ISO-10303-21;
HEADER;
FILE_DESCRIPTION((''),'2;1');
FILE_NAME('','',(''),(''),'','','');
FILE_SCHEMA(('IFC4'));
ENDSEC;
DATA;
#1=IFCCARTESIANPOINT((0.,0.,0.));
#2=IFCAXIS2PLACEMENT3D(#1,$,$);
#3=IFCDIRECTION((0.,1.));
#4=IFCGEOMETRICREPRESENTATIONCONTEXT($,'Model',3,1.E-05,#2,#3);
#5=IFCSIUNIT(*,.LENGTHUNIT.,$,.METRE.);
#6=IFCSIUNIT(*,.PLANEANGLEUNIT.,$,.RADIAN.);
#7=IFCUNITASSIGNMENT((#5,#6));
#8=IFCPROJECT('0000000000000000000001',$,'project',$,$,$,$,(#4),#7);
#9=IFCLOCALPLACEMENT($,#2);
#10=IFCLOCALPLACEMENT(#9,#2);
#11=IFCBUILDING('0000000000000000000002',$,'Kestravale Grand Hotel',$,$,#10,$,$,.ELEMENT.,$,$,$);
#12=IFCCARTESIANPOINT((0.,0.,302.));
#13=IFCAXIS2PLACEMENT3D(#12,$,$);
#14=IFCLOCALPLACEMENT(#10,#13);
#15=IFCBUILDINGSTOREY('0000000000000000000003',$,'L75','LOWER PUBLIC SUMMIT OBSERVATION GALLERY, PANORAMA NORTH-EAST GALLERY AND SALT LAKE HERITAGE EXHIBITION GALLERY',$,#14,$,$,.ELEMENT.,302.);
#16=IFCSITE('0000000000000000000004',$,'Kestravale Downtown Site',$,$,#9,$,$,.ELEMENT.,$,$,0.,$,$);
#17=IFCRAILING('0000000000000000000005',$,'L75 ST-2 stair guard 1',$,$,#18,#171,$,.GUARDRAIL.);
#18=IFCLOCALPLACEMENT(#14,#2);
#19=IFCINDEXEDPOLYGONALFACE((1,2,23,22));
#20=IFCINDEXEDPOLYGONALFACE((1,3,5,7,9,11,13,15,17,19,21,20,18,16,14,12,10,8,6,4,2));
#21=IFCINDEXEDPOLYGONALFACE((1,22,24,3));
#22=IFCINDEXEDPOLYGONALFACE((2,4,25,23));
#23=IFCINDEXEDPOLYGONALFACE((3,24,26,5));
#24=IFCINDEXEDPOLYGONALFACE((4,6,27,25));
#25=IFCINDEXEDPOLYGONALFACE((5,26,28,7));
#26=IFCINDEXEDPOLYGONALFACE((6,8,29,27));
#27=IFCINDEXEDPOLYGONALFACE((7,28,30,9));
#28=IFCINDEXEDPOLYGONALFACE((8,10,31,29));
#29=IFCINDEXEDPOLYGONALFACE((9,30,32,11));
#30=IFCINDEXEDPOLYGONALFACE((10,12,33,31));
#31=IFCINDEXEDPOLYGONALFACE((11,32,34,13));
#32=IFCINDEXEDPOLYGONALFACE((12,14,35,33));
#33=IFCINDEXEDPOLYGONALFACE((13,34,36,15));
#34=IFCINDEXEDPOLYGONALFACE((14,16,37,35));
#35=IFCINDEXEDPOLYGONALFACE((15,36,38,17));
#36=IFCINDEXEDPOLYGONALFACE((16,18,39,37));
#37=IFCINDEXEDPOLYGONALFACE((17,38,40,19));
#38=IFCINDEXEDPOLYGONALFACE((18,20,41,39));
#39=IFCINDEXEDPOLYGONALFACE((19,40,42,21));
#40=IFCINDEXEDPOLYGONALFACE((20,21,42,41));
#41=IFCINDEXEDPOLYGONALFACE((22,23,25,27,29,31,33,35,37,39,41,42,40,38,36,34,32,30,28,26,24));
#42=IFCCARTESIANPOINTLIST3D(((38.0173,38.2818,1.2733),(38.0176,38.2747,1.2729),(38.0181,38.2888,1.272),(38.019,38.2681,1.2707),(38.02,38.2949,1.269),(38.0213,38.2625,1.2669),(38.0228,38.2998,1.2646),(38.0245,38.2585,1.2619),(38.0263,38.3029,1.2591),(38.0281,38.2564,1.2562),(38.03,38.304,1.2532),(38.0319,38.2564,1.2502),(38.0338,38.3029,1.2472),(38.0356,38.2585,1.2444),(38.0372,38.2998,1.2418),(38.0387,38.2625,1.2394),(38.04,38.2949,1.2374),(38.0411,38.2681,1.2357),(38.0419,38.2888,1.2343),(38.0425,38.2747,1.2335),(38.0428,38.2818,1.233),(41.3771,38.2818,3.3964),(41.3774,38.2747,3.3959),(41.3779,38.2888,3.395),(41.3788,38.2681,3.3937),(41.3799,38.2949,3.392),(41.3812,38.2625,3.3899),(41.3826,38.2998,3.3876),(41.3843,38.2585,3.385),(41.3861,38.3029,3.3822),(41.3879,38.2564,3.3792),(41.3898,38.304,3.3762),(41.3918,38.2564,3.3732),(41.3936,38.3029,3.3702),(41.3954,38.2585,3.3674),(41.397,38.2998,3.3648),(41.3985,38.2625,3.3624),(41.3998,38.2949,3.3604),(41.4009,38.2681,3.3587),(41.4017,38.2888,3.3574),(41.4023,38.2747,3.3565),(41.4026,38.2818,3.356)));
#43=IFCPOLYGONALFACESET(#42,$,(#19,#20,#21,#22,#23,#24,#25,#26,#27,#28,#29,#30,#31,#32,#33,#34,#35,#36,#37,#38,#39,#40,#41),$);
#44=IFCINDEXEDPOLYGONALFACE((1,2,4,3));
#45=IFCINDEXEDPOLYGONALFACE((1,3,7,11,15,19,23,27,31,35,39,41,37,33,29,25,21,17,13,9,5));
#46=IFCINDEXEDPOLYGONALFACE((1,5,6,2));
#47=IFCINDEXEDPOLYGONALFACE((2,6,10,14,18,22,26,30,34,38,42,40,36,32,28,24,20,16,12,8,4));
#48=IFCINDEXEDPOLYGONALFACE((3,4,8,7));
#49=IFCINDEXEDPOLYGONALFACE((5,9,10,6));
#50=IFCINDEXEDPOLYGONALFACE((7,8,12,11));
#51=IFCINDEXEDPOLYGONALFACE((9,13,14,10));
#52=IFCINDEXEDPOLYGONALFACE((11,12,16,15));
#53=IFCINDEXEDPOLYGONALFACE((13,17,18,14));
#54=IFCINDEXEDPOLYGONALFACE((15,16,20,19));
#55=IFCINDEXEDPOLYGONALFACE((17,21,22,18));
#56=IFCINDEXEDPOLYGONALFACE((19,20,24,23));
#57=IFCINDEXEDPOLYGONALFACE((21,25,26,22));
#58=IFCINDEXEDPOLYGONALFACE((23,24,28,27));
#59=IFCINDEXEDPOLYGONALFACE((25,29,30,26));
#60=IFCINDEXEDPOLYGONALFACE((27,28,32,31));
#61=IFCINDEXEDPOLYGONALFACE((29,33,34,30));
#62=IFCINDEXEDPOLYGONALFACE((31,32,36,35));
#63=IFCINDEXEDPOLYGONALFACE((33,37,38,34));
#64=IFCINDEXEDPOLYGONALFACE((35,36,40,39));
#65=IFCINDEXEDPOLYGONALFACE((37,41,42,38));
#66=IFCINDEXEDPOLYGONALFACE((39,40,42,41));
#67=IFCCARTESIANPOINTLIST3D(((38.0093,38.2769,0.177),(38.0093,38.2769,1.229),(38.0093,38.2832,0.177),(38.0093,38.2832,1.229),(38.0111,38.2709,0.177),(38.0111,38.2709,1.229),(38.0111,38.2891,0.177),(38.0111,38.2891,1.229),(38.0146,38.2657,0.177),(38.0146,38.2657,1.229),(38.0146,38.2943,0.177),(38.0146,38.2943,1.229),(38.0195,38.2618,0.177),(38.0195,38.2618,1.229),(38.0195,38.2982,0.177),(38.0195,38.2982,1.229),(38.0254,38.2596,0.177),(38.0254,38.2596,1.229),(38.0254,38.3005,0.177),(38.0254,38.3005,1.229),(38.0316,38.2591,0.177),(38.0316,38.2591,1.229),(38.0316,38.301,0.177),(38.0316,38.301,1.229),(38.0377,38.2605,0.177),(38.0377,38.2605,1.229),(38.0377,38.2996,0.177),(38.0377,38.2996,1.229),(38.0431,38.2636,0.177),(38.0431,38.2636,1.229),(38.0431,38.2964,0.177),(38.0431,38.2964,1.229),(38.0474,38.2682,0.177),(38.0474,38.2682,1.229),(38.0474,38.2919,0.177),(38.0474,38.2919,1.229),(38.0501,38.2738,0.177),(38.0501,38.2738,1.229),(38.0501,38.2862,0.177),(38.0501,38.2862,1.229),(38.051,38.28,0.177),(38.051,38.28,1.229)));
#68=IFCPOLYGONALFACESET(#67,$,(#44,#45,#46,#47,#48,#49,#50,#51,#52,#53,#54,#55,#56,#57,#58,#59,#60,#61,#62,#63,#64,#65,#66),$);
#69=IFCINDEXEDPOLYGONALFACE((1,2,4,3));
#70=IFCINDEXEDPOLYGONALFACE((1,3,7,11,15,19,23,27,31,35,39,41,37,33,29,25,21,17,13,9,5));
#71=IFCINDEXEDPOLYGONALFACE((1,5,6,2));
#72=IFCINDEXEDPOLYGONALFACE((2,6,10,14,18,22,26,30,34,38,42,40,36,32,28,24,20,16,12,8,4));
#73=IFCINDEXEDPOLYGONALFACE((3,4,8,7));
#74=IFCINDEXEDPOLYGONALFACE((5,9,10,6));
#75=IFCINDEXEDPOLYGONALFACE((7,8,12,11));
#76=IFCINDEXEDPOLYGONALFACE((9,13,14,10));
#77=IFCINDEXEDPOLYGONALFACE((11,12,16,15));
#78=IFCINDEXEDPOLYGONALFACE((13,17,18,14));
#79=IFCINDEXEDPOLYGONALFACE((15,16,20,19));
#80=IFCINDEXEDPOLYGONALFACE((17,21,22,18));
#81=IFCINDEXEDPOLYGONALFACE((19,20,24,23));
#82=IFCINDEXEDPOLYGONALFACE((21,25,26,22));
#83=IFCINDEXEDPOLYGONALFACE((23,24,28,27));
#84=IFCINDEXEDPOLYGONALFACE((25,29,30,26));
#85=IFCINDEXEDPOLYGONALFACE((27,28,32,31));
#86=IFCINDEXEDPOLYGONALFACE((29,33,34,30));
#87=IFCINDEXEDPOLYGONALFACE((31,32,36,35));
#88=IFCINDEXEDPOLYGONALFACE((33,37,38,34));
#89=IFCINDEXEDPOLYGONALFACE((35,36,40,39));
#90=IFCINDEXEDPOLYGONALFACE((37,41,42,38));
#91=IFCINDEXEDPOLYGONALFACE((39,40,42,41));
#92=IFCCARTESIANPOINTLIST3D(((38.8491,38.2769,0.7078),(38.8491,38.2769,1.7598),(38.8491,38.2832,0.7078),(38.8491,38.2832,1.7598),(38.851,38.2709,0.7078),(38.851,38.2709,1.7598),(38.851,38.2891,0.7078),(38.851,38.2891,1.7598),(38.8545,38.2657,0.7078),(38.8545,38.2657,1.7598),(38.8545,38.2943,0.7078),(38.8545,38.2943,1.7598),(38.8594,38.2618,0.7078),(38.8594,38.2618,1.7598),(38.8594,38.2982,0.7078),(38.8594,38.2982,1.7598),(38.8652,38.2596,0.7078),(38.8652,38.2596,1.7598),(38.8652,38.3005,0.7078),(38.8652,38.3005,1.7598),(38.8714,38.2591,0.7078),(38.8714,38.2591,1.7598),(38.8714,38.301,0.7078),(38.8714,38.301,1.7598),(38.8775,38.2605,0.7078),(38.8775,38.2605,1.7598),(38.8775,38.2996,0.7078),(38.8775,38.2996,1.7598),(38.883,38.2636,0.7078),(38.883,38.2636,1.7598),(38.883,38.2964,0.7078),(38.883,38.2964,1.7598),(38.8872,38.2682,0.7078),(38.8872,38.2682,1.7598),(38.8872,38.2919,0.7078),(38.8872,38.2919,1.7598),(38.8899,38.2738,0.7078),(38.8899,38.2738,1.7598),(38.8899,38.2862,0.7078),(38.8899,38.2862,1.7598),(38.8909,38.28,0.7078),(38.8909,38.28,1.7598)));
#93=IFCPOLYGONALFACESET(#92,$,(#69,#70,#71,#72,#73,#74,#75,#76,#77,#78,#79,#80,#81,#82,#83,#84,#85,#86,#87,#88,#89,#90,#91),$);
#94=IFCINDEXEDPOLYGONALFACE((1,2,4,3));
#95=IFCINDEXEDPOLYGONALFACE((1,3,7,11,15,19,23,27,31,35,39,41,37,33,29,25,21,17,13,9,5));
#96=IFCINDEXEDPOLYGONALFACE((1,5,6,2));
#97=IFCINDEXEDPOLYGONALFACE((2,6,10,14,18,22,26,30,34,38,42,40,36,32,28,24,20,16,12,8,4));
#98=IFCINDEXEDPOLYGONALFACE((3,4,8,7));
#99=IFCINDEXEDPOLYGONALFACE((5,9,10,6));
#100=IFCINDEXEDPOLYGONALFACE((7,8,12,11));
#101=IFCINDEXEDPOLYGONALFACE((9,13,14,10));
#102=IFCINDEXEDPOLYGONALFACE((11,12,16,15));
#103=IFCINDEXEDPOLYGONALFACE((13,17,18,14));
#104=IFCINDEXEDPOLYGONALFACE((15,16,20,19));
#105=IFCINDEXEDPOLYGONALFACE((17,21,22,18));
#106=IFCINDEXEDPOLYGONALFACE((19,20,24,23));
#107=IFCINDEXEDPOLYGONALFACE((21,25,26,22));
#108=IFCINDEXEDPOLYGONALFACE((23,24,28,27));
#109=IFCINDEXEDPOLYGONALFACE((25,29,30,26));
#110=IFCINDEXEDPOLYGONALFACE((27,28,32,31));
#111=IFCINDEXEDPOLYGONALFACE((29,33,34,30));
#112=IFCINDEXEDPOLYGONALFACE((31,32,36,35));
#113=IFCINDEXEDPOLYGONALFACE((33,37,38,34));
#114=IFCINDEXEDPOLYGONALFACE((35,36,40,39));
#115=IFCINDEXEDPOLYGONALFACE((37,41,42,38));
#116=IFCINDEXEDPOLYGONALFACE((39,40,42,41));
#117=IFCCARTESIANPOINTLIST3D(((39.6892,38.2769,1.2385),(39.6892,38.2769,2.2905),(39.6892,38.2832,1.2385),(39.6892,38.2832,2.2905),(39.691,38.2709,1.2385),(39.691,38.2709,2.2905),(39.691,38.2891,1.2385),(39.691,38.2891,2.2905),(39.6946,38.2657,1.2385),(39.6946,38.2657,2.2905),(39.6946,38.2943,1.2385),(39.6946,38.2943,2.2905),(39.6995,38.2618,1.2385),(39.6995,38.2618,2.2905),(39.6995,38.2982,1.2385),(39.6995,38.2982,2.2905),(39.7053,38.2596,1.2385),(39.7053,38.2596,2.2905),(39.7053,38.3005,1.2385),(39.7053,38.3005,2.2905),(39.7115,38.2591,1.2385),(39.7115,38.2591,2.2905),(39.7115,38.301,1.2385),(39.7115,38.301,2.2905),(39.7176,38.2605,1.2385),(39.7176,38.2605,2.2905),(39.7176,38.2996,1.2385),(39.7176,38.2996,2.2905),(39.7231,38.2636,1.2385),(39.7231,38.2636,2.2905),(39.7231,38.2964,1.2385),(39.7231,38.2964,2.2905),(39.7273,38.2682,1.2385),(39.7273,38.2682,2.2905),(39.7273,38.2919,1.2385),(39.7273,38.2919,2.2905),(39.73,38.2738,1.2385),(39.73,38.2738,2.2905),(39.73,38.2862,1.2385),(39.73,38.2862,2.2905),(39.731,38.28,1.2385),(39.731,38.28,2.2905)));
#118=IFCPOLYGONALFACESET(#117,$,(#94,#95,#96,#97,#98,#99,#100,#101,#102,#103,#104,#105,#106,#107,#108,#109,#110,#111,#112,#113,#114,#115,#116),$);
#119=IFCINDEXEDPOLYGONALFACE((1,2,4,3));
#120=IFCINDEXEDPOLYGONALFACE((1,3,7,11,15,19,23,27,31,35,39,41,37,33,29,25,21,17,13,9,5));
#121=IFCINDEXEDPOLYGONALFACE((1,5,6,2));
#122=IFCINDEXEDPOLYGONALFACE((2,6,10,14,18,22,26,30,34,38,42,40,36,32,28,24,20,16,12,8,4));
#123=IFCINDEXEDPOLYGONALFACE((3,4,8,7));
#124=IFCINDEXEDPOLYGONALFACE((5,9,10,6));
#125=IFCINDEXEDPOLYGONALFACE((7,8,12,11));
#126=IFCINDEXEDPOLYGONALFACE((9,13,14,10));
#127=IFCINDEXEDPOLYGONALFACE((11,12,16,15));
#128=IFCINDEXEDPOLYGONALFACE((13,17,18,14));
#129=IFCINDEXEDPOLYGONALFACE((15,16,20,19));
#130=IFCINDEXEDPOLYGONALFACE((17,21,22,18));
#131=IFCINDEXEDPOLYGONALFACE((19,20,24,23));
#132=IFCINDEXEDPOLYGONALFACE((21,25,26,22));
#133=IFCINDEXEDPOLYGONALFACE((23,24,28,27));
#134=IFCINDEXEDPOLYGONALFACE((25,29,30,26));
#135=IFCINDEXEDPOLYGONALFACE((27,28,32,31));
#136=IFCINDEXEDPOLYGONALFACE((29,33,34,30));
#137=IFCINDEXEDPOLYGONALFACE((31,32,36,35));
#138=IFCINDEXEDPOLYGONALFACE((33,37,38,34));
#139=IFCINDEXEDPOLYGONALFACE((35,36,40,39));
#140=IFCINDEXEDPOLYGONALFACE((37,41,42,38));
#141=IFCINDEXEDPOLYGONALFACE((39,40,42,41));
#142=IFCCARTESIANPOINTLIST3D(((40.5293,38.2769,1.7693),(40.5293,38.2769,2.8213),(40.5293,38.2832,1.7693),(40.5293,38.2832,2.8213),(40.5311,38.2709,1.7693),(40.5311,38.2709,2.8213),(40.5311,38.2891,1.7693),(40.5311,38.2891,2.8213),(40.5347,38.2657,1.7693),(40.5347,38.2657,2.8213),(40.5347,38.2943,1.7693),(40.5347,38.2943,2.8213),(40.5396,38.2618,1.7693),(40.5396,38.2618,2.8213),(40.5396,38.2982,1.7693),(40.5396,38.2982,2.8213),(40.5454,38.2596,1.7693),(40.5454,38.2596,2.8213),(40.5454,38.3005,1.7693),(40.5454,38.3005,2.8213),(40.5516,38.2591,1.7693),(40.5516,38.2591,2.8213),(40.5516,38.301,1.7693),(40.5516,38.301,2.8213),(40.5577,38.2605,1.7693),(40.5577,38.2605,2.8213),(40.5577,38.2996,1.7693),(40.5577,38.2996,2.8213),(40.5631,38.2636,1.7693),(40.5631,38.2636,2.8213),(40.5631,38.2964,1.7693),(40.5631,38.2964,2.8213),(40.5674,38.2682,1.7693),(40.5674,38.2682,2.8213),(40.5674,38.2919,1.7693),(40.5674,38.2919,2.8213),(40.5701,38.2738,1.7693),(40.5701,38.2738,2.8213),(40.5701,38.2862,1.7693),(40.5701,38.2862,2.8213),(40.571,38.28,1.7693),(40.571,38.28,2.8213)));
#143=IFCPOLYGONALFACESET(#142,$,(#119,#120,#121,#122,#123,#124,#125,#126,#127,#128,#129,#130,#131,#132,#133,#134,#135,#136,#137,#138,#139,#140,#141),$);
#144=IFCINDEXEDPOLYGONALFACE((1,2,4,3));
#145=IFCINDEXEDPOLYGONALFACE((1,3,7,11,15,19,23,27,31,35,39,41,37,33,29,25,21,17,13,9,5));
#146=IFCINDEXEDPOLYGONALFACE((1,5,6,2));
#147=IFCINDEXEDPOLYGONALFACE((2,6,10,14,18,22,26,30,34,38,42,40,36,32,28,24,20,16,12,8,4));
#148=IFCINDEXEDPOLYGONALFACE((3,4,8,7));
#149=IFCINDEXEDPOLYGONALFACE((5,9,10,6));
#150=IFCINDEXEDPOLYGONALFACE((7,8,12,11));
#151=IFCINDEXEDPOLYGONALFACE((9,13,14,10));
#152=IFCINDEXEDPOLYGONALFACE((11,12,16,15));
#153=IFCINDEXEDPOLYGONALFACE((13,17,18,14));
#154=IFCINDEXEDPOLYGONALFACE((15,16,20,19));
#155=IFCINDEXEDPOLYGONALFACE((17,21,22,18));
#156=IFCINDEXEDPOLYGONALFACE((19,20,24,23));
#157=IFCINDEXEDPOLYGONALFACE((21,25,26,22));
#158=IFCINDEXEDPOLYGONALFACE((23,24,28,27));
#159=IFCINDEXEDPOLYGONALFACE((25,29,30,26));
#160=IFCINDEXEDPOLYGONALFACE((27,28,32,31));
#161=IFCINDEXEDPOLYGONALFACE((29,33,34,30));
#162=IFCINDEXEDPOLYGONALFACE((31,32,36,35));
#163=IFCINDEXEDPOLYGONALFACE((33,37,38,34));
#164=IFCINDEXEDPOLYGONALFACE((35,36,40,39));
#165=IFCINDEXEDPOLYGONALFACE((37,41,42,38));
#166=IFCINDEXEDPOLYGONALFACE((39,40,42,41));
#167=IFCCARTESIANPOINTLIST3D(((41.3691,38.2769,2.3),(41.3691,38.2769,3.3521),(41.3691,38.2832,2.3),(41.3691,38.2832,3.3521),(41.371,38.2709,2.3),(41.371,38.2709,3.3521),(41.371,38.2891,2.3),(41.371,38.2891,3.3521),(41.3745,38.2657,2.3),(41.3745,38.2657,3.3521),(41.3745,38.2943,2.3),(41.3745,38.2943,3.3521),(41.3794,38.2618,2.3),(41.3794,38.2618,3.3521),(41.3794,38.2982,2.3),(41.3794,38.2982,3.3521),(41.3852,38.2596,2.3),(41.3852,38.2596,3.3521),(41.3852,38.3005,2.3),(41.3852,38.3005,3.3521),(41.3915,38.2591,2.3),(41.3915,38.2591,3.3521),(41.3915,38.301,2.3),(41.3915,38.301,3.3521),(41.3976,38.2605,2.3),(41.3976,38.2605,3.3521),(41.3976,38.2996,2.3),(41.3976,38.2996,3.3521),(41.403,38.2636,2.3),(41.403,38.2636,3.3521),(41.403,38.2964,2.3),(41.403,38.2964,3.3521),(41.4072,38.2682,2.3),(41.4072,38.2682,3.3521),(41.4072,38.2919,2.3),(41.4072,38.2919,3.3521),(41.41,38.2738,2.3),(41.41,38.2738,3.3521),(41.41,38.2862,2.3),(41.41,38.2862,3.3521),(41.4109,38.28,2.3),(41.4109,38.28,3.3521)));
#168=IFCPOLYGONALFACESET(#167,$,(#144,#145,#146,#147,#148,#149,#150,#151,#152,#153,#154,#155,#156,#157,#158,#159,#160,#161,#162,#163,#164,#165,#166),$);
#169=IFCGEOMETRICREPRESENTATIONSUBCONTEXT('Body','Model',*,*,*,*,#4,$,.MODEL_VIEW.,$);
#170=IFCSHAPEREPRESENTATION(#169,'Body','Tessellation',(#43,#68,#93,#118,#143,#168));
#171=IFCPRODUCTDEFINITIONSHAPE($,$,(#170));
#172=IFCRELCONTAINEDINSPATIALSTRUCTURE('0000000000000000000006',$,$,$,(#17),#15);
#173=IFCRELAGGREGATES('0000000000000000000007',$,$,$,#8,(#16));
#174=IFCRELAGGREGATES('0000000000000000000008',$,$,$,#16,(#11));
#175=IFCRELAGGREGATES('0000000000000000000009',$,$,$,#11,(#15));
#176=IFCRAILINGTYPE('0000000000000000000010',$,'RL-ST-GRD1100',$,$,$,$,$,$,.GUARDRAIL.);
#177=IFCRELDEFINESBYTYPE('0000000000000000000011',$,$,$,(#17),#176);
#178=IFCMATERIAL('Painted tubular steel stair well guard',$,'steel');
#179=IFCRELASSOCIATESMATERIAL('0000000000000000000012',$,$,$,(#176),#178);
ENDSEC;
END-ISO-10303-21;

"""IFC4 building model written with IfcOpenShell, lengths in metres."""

from ifc_helpers import new_model, si_unit, direction, frame, origin, origin_2d, place, context, subcontext, project, spatial, circle, extrude, material, type_object, element, save


model = new_model("IFC4")

# Units and contexts
model_context = context("Model", 3, precision=1e-05, world=origin(), true_north=direction((0.0, 1.0)))
body_context = subcontext(model_context, "Body", "Model", "MODEL_VIEW")
ifc_project = project(units=[si_unit("LENGTHUNIT", "METRE"), si_unit("PLANEANGLEUNIT", "RADIAN")], contexts=[model_context])

# Site, building, storey
site_placement = place(None, origin())
site = spatial("IfcSite", under=ifc_project, at=site_placement, Name="Kestravale Downtown Site", CompositionType="ELEMENT", RefElevation=0.0)
building_placement = place(site_placement, origin())
building = spatial("IfcBuilding", under=site, at=building_placement, Name="Kestravale Grand Hotel", CompositionType="ELEMENT")
storey_placement = place(building_placement, frame((0.0, 0.0, 302.0)))
storey = spatial("IfcBuildingStorey", under=building, at=storey_placement, Name="L75", Description="LOWER PUBLIC SUMMIT OBSERVATION GALLERY, PANORAMA NORTH-EAST GALLERY AND SALT LAKE HERITAGE EXHIBITION GALLERY", CompositionType="ELEMENT", Elevation=302.0)

# Railing
ifc_material_1 = material(Name="Painted tubular steel stair well guard", Category="steel")
railing_type_1 = type_object("IfcRailingType", Name="RL-ST-GRD1100", PredefinedType="GUARDRAIL", material=ifc_material_1)
railing_1_placement = place(storey_placement, frame((38.03, 38.28, 0.177)))
element("IfcRailing", 1, at=railing_1_placement, inside=storey, type_object=railing_type_1, Name="L75 ST-2 stair guard 1", PredefinedType="GUARDRAIL", context=body_context, shape_type="SweptSolid", body=[
    extrude(circle(Radius=0.0239, at=origin_2d()), frame((0.0, 0.0, 1.0762), z_axis=(0.845372, 0.0, 0.534178), x_axis=(0.0, 1.0, 0.0)), (0.0, 0.0, 1.0), 3.9744),
    extrude(circle(Radius=0.021, at=origin_2d()), origin(), (0.0, 0.0, 1.0), 1.052),
    extrude(circle(Radius=0.021, at=origin_2d()), frame((0.8398, 0.0, 0.5308)), (0.0, 0.0, 1.0), 1.052),
    extrude(circle(Radius=0.021, at=origin_2d()), frame((1.6799, 0.0, 1.0615)), (0.0, 0.0, 1.0), 1.052),
    extrude(circle(Radius=0.021, at=origin_2d()), frame((2.52, 0.0, 1.5923)), (0.0, 0.0, 1.0), 1.052),
    extrude(circle(Radius=0.021, at=origin_2d()), frame((3.3599, 0.0, 2.123)), (0.0, 0.0, 1.0), 1.052),
])

save(model, "model.ifc")
